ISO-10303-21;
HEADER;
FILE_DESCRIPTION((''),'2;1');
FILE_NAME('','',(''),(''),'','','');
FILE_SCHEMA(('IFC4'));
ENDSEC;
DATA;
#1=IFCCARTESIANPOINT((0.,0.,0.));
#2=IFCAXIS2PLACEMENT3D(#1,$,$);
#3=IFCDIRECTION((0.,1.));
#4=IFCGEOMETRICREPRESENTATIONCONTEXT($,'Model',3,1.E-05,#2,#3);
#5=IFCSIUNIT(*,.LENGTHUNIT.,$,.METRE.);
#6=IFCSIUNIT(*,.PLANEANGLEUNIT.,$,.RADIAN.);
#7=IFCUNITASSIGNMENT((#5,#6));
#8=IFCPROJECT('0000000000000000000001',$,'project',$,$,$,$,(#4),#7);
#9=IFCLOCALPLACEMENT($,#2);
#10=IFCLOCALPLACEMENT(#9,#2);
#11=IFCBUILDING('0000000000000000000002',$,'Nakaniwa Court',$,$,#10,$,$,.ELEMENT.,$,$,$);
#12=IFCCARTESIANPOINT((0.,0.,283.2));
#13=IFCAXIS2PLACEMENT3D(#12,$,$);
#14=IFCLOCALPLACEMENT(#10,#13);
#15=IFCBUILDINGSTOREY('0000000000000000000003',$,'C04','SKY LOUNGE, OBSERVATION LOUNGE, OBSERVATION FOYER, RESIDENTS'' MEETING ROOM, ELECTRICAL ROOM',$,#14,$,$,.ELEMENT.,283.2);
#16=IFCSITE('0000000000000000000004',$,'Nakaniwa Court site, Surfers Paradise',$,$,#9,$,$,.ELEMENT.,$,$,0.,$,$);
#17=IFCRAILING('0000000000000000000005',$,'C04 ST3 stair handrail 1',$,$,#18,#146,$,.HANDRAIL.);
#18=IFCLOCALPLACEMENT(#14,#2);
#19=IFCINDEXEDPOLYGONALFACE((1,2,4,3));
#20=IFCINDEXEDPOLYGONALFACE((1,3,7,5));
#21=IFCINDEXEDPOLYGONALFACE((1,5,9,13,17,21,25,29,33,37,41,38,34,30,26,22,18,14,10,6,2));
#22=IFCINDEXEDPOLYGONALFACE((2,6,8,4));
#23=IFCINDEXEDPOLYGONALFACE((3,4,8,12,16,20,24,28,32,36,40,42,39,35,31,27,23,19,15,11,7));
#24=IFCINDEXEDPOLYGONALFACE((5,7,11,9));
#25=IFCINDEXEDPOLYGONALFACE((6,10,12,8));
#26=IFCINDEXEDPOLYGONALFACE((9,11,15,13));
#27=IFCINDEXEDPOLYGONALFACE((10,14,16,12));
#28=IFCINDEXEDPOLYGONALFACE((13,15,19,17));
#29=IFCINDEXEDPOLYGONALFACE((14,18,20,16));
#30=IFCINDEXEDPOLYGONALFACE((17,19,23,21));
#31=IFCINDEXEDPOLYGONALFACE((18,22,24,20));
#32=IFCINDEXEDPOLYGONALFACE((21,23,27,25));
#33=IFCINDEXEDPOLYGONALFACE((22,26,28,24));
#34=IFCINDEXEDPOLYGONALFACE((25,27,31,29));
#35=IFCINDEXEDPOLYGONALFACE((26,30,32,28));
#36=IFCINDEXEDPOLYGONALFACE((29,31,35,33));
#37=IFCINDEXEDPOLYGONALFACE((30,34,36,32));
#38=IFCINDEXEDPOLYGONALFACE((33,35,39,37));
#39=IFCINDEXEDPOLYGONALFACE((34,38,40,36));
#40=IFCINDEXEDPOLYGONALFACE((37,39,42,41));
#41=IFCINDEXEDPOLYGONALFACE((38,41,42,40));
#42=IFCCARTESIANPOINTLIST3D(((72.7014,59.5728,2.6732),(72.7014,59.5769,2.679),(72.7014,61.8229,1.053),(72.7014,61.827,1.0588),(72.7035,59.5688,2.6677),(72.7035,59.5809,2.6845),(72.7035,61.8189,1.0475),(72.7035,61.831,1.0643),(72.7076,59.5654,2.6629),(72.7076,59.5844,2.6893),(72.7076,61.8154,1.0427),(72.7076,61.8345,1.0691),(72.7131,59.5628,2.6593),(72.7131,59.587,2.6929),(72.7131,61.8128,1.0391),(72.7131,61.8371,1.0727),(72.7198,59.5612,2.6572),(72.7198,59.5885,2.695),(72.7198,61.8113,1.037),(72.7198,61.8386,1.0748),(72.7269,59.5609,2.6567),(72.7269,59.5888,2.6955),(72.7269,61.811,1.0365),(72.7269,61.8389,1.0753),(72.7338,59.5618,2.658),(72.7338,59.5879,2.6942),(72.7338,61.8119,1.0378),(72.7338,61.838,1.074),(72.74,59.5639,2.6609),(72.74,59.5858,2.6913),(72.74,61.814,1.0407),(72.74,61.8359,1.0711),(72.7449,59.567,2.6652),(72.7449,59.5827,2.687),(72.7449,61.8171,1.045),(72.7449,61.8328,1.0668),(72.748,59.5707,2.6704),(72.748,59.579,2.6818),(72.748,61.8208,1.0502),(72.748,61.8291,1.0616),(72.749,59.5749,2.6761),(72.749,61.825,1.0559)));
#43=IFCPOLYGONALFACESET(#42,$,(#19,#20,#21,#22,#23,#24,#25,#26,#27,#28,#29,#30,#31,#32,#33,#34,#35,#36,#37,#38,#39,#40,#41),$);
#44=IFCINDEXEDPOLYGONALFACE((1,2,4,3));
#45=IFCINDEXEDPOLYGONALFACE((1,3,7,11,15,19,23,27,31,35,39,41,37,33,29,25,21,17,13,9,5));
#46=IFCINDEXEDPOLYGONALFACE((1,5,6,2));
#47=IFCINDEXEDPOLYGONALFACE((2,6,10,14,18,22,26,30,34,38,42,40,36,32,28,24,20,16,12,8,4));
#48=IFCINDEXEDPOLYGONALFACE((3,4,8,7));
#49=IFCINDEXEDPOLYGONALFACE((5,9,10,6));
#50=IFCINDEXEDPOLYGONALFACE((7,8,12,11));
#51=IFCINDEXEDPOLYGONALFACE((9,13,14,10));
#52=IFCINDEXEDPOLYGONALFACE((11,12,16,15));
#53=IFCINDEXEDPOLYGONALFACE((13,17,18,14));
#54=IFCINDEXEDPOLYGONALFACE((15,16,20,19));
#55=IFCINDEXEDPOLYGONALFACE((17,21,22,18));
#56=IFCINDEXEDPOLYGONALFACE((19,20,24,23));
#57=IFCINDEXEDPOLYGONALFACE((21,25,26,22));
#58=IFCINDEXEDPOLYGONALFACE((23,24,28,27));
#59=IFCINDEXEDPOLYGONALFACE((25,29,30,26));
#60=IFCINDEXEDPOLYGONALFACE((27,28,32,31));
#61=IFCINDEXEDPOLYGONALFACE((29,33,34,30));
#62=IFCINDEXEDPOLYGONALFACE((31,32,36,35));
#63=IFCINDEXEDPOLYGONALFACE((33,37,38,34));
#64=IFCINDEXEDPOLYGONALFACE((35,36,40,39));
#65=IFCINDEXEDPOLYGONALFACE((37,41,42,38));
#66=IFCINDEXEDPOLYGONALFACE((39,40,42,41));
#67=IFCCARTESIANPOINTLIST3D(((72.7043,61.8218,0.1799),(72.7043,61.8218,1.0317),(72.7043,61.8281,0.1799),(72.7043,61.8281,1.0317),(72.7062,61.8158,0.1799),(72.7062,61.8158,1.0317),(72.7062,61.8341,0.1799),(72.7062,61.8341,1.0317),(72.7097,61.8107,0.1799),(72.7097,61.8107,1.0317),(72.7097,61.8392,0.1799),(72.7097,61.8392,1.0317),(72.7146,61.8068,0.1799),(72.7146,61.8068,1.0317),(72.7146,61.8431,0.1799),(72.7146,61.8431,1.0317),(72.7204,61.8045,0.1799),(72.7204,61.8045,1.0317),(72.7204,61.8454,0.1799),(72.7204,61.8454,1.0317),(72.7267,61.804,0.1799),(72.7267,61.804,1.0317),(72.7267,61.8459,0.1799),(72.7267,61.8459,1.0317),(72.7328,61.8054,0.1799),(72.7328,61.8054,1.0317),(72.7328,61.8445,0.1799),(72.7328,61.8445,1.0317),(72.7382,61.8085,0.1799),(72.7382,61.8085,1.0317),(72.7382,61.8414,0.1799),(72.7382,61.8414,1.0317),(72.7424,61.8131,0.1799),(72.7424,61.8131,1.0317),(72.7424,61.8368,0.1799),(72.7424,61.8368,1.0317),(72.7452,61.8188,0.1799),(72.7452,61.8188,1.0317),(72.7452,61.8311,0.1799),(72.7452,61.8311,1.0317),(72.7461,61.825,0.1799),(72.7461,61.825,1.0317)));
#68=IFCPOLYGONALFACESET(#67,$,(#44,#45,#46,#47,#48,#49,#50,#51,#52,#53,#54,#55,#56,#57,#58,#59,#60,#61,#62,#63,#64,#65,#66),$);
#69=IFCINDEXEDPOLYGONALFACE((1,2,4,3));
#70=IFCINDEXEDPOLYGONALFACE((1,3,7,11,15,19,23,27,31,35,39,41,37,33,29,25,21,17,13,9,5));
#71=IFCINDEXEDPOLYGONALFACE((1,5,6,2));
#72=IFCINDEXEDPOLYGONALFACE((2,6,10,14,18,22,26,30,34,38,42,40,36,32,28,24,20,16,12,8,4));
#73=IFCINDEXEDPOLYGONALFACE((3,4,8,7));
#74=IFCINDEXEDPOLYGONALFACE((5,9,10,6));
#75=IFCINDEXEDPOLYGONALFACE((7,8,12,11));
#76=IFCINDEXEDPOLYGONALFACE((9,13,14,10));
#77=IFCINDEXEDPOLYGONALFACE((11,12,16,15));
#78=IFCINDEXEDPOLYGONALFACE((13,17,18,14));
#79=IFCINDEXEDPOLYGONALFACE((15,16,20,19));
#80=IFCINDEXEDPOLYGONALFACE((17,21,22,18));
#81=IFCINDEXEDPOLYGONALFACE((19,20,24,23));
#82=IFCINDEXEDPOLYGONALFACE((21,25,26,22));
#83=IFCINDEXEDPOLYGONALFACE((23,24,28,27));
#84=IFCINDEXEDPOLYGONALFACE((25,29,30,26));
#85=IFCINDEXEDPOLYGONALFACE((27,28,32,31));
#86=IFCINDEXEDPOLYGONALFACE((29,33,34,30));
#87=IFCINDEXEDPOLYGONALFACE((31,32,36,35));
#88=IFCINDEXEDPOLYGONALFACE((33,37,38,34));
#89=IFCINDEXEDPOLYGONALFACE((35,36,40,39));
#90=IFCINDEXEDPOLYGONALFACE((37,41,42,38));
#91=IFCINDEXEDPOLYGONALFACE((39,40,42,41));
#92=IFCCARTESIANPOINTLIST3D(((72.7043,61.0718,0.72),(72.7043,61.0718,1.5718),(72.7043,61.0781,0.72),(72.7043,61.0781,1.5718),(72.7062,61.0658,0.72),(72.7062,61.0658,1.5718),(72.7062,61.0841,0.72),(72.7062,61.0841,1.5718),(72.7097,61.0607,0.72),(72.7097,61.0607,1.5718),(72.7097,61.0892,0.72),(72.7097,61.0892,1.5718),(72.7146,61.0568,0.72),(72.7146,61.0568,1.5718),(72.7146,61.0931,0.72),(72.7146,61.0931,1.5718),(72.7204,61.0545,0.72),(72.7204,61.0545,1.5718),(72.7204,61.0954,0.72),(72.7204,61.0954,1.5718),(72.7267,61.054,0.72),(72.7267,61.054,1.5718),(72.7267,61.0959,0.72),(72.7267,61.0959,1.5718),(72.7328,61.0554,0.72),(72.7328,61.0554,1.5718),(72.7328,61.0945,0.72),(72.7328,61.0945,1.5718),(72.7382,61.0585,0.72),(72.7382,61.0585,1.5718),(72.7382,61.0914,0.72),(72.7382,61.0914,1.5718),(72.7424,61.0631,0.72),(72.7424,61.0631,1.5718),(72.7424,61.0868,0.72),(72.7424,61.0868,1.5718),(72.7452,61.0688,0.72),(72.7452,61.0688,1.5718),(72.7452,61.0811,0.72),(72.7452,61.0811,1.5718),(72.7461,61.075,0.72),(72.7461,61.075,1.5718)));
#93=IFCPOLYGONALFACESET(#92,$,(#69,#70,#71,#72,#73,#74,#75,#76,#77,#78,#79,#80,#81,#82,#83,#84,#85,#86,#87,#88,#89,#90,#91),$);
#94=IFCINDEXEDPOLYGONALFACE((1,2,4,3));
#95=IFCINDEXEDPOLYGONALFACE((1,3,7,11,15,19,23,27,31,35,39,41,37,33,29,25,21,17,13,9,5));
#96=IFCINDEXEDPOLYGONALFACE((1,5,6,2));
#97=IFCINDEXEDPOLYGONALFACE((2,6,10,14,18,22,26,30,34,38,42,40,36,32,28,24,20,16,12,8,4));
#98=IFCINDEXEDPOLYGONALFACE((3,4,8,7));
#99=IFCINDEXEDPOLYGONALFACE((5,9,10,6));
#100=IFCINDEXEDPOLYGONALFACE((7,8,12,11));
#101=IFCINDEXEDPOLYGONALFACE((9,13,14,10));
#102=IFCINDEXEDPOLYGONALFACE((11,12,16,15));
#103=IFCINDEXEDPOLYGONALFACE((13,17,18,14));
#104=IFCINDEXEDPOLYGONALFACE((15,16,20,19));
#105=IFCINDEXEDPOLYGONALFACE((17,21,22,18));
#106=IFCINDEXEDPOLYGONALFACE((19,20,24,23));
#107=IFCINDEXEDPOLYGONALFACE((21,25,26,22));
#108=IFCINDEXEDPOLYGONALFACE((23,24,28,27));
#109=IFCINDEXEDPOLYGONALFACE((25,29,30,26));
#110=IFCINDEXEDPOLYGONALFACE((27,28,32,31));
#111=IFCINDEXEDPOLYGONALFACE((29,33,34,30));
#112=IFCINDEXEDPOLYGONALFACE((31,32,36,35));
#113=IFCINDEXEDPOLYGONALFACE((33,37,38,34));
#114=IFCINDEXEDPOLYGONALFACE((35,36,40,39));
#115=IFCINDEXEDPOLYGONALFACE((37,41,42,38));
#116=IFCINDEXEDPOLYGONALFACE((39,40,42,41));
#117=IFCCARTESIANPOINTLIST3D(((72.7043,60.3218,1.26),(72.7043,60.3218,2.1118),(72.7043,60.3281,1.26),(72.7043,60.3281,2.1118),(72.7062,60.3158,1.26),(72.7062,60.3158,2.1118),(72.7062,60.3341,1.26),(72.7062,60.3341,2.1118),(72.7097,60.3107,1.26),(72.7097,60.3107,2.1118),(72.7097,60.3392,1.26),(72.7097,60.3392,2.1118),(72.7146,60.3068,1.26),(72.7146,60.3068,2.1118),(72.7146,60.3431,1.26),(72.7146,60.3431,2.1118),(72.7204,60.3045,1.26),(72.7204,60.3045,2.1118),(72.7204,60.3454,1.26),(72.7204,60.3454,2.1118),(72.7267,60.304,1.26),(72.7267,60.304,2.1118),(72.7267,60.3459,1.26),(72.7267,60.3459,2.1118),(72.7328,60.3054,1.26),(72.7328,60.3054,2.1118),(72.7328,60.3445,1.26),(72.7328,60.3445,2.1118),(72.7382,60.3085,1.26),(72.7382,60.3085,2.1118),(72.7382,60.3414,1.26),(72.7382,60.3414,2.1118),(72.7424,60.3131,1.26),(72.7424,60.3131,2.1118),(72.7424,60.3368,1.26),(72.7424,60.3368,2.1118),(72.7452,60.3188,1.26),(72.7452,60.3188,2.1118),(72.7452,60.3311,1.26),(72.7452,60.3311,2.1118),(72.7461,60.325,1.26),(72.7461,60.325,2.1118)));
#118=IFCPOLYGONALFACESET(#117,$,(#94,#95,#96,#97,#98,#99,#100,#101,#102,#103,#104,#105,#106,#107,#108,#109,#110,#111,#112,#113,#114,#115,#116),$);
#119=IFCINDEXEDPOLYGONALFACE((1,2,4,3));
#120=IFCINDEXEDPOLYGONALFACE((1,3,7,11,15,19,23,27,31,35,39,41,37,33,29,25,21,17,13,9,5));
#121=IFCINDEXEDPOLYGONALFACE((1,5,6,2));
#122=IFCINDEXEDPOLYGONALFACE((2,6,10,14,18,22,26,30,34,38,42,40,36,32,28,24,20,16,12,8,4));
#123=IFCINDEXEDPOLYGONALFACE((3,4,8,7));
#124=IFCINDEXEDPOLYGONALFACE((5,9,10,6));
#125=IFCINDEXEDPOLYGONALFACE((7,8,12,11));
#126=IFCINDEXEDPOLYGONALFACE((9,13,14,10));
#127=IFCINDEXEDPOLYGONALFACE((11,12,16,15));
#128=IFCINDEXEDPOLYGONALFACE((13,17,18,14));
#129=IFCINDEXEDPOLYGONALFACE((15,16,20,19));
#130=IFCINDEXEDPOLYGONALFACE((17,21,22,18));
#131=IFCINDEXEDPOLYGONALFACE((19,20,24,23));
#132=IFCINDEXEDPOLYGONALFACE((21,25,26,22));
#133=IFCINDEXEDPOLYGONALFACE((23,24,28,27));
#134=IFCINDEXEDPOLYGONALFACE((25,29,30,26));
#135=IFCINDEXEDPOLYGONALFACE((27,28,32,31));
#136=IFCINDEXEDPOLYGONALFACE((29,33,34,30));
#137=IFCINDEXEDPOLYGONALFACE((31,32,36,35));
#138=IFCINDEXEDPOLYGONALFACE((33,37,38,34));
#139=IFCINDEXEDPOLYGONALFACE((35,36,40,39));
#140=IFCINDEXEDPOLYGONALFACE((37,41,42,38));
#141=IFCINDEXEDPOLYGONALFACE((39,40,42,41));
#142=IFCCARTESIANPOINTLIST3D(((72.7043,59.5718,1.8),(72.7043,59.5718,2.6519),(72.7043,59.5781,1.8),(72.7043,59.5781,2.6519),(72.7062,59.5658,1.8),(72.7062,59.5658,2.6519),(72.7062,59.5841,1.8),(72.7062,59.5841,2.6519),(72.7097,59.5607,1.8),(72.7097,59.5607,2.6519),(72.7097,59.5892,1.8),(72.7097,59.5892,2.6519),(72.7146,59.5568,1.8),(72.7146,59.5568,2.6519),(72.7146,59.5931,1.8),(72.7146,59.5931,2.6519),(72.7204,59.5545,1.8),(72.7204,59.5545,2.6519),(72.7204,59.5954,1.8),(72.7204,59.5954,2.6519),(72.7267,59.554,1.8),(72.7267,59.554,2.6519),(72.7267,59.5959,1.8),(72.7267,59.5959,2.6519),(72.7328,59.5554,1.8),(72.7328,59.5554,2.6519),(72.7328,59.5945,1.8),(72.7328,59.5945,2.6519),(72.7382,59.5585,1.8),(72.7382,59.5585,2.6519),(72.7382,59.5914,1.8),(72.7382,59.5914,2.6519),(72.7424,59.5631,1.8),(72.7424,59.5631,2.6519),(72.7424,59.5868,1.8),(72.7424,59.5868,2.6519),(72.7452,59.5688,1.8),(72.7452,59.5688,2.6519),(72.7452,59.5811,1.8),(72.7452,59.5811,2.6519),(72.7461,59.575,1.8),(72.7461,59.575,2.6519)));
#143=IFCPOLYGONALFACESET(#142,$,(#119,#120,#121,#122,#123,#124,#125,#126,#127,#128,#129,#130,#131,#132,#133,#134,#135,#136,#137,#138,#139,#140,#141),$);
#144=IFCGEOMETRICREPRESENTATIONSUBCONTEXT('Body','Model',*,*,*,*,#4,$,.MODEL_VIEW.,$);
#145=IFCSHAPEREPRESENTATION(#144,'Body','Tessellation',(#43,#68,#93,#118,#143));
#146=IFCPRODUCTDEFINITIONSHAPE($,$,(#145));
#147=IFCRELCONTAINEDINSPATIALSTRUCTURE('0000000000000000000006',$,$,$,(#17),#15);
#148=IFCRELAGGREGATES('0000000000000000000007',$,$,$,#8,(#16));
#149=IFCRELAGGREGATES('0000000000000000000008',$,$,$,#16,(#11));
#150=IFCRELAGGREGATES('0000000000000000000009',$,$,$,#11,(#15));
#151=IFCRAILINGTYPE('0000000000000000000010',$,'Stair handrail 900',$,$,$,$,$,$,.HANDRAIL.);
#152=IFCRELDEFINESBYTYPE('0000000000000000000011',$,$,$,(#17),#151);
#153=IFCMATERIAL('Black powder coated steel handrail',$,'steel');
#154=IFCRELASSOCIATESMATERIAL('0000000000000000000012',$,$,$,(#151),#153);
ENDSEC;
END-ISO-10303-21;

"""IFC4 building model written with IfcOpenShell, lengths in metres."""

from ifc_helpers import new_model, si_unit, direction, frame, origin, origin_2d, place, context, subcontext, project, spatial, circle, extrude, material, type_object, element, save


model = new_model("IFC4")

# Units and contexts
model_context = context("Model", 3, precision=1e-05, world=origin(), true_north=direction((0.0, 1.0)))
body_context = subcontext(model_context, "Body", "Model", "MODEL_VIEW")
ifc_project = project(units=[si_unit("LENGTHUNIT", "METRE"), si_unit("PLANEANGLEUNIT", "RADIAN")], contexts=[model_context])

# Site, building, storey
site_placement = place(None, origin())
site = spatial("IfcSite", under=ifc_project, at=site_placement, Name="Nakaniwa Court site, Surfers Paradise", CompositionType="ELEMENT", RefElevation=0.0)
building_placement = place(site_placement, origin())
building = spatial("IfcBuilding", under=site, at=building_placement, Name="Nakaniwa Court", CompositionType="ELEMENT")
storey_placement = place(building_placement, frame((0.0, 0.0, 283.2)))
storey = spatial("IfcBuildingStorey", under=building, at=storey_placement, Name="C04", Description="SKY LOUNGE, OBSERVATION LOUNGE, OBSERVATION FOYER, RESIDENTS' MEETING ROOM, ELECTRICAL ROOM", CompositionType="ELEMENT", Elevation=283.2)

# Railing
ifc_material_1 = material(Name="Black powder coated steel handrail", Category="steel")
railing_type_1 = type_object("IfcRailingType", Name="Stair handrail 900", PredefinedType="HANDRAIL", material=ifc_material_1)
railing_1_placement = place(storey_placement, frame((72.7251, 61.825, 0.1799)))
element("IfcRailing", 1, at=railing_1_placement, inside=storey, type_object=railing_type_1, Name="C04 ST3 stair handrail 1", PredefinedType="HANDRAIL", context=body_context, shape_type="SweptSolid", body=[
    extrude(circle(Radius=0.0239, at=origin_2d()), frame((0.0, 0.0, 0.876), z_axis=(0.0, -0.811514, 0.584333), x_axis=(1.0, 0.0, 0.0)), (0.0, 0.0, 1.0), 2.7727),
    extrude(circle(Radius=0.021, at=origin_2d()), origin(), (0.0, 0.0, 1.0), 0.8518),
    extrude(circle(Radius=0.021, at=origin_2d()), frame((0.0, -0.75, 0.54)), (0.0, 0.0, 1.0), 0.8518),
    extrude(circle(Radius=0.021, at=origin_2d()), frame((0.0, -1.5, 1.0801)), (0.0, 0.0, 1.0), 0.8518),
    extrude(circle(Radius=0.021, at=origin_2d()), frame((0.0, -2.25, 1.6201)), (0.0, 0.0, 1.0), 0.8518),
])

save(model, "model.ifc")
